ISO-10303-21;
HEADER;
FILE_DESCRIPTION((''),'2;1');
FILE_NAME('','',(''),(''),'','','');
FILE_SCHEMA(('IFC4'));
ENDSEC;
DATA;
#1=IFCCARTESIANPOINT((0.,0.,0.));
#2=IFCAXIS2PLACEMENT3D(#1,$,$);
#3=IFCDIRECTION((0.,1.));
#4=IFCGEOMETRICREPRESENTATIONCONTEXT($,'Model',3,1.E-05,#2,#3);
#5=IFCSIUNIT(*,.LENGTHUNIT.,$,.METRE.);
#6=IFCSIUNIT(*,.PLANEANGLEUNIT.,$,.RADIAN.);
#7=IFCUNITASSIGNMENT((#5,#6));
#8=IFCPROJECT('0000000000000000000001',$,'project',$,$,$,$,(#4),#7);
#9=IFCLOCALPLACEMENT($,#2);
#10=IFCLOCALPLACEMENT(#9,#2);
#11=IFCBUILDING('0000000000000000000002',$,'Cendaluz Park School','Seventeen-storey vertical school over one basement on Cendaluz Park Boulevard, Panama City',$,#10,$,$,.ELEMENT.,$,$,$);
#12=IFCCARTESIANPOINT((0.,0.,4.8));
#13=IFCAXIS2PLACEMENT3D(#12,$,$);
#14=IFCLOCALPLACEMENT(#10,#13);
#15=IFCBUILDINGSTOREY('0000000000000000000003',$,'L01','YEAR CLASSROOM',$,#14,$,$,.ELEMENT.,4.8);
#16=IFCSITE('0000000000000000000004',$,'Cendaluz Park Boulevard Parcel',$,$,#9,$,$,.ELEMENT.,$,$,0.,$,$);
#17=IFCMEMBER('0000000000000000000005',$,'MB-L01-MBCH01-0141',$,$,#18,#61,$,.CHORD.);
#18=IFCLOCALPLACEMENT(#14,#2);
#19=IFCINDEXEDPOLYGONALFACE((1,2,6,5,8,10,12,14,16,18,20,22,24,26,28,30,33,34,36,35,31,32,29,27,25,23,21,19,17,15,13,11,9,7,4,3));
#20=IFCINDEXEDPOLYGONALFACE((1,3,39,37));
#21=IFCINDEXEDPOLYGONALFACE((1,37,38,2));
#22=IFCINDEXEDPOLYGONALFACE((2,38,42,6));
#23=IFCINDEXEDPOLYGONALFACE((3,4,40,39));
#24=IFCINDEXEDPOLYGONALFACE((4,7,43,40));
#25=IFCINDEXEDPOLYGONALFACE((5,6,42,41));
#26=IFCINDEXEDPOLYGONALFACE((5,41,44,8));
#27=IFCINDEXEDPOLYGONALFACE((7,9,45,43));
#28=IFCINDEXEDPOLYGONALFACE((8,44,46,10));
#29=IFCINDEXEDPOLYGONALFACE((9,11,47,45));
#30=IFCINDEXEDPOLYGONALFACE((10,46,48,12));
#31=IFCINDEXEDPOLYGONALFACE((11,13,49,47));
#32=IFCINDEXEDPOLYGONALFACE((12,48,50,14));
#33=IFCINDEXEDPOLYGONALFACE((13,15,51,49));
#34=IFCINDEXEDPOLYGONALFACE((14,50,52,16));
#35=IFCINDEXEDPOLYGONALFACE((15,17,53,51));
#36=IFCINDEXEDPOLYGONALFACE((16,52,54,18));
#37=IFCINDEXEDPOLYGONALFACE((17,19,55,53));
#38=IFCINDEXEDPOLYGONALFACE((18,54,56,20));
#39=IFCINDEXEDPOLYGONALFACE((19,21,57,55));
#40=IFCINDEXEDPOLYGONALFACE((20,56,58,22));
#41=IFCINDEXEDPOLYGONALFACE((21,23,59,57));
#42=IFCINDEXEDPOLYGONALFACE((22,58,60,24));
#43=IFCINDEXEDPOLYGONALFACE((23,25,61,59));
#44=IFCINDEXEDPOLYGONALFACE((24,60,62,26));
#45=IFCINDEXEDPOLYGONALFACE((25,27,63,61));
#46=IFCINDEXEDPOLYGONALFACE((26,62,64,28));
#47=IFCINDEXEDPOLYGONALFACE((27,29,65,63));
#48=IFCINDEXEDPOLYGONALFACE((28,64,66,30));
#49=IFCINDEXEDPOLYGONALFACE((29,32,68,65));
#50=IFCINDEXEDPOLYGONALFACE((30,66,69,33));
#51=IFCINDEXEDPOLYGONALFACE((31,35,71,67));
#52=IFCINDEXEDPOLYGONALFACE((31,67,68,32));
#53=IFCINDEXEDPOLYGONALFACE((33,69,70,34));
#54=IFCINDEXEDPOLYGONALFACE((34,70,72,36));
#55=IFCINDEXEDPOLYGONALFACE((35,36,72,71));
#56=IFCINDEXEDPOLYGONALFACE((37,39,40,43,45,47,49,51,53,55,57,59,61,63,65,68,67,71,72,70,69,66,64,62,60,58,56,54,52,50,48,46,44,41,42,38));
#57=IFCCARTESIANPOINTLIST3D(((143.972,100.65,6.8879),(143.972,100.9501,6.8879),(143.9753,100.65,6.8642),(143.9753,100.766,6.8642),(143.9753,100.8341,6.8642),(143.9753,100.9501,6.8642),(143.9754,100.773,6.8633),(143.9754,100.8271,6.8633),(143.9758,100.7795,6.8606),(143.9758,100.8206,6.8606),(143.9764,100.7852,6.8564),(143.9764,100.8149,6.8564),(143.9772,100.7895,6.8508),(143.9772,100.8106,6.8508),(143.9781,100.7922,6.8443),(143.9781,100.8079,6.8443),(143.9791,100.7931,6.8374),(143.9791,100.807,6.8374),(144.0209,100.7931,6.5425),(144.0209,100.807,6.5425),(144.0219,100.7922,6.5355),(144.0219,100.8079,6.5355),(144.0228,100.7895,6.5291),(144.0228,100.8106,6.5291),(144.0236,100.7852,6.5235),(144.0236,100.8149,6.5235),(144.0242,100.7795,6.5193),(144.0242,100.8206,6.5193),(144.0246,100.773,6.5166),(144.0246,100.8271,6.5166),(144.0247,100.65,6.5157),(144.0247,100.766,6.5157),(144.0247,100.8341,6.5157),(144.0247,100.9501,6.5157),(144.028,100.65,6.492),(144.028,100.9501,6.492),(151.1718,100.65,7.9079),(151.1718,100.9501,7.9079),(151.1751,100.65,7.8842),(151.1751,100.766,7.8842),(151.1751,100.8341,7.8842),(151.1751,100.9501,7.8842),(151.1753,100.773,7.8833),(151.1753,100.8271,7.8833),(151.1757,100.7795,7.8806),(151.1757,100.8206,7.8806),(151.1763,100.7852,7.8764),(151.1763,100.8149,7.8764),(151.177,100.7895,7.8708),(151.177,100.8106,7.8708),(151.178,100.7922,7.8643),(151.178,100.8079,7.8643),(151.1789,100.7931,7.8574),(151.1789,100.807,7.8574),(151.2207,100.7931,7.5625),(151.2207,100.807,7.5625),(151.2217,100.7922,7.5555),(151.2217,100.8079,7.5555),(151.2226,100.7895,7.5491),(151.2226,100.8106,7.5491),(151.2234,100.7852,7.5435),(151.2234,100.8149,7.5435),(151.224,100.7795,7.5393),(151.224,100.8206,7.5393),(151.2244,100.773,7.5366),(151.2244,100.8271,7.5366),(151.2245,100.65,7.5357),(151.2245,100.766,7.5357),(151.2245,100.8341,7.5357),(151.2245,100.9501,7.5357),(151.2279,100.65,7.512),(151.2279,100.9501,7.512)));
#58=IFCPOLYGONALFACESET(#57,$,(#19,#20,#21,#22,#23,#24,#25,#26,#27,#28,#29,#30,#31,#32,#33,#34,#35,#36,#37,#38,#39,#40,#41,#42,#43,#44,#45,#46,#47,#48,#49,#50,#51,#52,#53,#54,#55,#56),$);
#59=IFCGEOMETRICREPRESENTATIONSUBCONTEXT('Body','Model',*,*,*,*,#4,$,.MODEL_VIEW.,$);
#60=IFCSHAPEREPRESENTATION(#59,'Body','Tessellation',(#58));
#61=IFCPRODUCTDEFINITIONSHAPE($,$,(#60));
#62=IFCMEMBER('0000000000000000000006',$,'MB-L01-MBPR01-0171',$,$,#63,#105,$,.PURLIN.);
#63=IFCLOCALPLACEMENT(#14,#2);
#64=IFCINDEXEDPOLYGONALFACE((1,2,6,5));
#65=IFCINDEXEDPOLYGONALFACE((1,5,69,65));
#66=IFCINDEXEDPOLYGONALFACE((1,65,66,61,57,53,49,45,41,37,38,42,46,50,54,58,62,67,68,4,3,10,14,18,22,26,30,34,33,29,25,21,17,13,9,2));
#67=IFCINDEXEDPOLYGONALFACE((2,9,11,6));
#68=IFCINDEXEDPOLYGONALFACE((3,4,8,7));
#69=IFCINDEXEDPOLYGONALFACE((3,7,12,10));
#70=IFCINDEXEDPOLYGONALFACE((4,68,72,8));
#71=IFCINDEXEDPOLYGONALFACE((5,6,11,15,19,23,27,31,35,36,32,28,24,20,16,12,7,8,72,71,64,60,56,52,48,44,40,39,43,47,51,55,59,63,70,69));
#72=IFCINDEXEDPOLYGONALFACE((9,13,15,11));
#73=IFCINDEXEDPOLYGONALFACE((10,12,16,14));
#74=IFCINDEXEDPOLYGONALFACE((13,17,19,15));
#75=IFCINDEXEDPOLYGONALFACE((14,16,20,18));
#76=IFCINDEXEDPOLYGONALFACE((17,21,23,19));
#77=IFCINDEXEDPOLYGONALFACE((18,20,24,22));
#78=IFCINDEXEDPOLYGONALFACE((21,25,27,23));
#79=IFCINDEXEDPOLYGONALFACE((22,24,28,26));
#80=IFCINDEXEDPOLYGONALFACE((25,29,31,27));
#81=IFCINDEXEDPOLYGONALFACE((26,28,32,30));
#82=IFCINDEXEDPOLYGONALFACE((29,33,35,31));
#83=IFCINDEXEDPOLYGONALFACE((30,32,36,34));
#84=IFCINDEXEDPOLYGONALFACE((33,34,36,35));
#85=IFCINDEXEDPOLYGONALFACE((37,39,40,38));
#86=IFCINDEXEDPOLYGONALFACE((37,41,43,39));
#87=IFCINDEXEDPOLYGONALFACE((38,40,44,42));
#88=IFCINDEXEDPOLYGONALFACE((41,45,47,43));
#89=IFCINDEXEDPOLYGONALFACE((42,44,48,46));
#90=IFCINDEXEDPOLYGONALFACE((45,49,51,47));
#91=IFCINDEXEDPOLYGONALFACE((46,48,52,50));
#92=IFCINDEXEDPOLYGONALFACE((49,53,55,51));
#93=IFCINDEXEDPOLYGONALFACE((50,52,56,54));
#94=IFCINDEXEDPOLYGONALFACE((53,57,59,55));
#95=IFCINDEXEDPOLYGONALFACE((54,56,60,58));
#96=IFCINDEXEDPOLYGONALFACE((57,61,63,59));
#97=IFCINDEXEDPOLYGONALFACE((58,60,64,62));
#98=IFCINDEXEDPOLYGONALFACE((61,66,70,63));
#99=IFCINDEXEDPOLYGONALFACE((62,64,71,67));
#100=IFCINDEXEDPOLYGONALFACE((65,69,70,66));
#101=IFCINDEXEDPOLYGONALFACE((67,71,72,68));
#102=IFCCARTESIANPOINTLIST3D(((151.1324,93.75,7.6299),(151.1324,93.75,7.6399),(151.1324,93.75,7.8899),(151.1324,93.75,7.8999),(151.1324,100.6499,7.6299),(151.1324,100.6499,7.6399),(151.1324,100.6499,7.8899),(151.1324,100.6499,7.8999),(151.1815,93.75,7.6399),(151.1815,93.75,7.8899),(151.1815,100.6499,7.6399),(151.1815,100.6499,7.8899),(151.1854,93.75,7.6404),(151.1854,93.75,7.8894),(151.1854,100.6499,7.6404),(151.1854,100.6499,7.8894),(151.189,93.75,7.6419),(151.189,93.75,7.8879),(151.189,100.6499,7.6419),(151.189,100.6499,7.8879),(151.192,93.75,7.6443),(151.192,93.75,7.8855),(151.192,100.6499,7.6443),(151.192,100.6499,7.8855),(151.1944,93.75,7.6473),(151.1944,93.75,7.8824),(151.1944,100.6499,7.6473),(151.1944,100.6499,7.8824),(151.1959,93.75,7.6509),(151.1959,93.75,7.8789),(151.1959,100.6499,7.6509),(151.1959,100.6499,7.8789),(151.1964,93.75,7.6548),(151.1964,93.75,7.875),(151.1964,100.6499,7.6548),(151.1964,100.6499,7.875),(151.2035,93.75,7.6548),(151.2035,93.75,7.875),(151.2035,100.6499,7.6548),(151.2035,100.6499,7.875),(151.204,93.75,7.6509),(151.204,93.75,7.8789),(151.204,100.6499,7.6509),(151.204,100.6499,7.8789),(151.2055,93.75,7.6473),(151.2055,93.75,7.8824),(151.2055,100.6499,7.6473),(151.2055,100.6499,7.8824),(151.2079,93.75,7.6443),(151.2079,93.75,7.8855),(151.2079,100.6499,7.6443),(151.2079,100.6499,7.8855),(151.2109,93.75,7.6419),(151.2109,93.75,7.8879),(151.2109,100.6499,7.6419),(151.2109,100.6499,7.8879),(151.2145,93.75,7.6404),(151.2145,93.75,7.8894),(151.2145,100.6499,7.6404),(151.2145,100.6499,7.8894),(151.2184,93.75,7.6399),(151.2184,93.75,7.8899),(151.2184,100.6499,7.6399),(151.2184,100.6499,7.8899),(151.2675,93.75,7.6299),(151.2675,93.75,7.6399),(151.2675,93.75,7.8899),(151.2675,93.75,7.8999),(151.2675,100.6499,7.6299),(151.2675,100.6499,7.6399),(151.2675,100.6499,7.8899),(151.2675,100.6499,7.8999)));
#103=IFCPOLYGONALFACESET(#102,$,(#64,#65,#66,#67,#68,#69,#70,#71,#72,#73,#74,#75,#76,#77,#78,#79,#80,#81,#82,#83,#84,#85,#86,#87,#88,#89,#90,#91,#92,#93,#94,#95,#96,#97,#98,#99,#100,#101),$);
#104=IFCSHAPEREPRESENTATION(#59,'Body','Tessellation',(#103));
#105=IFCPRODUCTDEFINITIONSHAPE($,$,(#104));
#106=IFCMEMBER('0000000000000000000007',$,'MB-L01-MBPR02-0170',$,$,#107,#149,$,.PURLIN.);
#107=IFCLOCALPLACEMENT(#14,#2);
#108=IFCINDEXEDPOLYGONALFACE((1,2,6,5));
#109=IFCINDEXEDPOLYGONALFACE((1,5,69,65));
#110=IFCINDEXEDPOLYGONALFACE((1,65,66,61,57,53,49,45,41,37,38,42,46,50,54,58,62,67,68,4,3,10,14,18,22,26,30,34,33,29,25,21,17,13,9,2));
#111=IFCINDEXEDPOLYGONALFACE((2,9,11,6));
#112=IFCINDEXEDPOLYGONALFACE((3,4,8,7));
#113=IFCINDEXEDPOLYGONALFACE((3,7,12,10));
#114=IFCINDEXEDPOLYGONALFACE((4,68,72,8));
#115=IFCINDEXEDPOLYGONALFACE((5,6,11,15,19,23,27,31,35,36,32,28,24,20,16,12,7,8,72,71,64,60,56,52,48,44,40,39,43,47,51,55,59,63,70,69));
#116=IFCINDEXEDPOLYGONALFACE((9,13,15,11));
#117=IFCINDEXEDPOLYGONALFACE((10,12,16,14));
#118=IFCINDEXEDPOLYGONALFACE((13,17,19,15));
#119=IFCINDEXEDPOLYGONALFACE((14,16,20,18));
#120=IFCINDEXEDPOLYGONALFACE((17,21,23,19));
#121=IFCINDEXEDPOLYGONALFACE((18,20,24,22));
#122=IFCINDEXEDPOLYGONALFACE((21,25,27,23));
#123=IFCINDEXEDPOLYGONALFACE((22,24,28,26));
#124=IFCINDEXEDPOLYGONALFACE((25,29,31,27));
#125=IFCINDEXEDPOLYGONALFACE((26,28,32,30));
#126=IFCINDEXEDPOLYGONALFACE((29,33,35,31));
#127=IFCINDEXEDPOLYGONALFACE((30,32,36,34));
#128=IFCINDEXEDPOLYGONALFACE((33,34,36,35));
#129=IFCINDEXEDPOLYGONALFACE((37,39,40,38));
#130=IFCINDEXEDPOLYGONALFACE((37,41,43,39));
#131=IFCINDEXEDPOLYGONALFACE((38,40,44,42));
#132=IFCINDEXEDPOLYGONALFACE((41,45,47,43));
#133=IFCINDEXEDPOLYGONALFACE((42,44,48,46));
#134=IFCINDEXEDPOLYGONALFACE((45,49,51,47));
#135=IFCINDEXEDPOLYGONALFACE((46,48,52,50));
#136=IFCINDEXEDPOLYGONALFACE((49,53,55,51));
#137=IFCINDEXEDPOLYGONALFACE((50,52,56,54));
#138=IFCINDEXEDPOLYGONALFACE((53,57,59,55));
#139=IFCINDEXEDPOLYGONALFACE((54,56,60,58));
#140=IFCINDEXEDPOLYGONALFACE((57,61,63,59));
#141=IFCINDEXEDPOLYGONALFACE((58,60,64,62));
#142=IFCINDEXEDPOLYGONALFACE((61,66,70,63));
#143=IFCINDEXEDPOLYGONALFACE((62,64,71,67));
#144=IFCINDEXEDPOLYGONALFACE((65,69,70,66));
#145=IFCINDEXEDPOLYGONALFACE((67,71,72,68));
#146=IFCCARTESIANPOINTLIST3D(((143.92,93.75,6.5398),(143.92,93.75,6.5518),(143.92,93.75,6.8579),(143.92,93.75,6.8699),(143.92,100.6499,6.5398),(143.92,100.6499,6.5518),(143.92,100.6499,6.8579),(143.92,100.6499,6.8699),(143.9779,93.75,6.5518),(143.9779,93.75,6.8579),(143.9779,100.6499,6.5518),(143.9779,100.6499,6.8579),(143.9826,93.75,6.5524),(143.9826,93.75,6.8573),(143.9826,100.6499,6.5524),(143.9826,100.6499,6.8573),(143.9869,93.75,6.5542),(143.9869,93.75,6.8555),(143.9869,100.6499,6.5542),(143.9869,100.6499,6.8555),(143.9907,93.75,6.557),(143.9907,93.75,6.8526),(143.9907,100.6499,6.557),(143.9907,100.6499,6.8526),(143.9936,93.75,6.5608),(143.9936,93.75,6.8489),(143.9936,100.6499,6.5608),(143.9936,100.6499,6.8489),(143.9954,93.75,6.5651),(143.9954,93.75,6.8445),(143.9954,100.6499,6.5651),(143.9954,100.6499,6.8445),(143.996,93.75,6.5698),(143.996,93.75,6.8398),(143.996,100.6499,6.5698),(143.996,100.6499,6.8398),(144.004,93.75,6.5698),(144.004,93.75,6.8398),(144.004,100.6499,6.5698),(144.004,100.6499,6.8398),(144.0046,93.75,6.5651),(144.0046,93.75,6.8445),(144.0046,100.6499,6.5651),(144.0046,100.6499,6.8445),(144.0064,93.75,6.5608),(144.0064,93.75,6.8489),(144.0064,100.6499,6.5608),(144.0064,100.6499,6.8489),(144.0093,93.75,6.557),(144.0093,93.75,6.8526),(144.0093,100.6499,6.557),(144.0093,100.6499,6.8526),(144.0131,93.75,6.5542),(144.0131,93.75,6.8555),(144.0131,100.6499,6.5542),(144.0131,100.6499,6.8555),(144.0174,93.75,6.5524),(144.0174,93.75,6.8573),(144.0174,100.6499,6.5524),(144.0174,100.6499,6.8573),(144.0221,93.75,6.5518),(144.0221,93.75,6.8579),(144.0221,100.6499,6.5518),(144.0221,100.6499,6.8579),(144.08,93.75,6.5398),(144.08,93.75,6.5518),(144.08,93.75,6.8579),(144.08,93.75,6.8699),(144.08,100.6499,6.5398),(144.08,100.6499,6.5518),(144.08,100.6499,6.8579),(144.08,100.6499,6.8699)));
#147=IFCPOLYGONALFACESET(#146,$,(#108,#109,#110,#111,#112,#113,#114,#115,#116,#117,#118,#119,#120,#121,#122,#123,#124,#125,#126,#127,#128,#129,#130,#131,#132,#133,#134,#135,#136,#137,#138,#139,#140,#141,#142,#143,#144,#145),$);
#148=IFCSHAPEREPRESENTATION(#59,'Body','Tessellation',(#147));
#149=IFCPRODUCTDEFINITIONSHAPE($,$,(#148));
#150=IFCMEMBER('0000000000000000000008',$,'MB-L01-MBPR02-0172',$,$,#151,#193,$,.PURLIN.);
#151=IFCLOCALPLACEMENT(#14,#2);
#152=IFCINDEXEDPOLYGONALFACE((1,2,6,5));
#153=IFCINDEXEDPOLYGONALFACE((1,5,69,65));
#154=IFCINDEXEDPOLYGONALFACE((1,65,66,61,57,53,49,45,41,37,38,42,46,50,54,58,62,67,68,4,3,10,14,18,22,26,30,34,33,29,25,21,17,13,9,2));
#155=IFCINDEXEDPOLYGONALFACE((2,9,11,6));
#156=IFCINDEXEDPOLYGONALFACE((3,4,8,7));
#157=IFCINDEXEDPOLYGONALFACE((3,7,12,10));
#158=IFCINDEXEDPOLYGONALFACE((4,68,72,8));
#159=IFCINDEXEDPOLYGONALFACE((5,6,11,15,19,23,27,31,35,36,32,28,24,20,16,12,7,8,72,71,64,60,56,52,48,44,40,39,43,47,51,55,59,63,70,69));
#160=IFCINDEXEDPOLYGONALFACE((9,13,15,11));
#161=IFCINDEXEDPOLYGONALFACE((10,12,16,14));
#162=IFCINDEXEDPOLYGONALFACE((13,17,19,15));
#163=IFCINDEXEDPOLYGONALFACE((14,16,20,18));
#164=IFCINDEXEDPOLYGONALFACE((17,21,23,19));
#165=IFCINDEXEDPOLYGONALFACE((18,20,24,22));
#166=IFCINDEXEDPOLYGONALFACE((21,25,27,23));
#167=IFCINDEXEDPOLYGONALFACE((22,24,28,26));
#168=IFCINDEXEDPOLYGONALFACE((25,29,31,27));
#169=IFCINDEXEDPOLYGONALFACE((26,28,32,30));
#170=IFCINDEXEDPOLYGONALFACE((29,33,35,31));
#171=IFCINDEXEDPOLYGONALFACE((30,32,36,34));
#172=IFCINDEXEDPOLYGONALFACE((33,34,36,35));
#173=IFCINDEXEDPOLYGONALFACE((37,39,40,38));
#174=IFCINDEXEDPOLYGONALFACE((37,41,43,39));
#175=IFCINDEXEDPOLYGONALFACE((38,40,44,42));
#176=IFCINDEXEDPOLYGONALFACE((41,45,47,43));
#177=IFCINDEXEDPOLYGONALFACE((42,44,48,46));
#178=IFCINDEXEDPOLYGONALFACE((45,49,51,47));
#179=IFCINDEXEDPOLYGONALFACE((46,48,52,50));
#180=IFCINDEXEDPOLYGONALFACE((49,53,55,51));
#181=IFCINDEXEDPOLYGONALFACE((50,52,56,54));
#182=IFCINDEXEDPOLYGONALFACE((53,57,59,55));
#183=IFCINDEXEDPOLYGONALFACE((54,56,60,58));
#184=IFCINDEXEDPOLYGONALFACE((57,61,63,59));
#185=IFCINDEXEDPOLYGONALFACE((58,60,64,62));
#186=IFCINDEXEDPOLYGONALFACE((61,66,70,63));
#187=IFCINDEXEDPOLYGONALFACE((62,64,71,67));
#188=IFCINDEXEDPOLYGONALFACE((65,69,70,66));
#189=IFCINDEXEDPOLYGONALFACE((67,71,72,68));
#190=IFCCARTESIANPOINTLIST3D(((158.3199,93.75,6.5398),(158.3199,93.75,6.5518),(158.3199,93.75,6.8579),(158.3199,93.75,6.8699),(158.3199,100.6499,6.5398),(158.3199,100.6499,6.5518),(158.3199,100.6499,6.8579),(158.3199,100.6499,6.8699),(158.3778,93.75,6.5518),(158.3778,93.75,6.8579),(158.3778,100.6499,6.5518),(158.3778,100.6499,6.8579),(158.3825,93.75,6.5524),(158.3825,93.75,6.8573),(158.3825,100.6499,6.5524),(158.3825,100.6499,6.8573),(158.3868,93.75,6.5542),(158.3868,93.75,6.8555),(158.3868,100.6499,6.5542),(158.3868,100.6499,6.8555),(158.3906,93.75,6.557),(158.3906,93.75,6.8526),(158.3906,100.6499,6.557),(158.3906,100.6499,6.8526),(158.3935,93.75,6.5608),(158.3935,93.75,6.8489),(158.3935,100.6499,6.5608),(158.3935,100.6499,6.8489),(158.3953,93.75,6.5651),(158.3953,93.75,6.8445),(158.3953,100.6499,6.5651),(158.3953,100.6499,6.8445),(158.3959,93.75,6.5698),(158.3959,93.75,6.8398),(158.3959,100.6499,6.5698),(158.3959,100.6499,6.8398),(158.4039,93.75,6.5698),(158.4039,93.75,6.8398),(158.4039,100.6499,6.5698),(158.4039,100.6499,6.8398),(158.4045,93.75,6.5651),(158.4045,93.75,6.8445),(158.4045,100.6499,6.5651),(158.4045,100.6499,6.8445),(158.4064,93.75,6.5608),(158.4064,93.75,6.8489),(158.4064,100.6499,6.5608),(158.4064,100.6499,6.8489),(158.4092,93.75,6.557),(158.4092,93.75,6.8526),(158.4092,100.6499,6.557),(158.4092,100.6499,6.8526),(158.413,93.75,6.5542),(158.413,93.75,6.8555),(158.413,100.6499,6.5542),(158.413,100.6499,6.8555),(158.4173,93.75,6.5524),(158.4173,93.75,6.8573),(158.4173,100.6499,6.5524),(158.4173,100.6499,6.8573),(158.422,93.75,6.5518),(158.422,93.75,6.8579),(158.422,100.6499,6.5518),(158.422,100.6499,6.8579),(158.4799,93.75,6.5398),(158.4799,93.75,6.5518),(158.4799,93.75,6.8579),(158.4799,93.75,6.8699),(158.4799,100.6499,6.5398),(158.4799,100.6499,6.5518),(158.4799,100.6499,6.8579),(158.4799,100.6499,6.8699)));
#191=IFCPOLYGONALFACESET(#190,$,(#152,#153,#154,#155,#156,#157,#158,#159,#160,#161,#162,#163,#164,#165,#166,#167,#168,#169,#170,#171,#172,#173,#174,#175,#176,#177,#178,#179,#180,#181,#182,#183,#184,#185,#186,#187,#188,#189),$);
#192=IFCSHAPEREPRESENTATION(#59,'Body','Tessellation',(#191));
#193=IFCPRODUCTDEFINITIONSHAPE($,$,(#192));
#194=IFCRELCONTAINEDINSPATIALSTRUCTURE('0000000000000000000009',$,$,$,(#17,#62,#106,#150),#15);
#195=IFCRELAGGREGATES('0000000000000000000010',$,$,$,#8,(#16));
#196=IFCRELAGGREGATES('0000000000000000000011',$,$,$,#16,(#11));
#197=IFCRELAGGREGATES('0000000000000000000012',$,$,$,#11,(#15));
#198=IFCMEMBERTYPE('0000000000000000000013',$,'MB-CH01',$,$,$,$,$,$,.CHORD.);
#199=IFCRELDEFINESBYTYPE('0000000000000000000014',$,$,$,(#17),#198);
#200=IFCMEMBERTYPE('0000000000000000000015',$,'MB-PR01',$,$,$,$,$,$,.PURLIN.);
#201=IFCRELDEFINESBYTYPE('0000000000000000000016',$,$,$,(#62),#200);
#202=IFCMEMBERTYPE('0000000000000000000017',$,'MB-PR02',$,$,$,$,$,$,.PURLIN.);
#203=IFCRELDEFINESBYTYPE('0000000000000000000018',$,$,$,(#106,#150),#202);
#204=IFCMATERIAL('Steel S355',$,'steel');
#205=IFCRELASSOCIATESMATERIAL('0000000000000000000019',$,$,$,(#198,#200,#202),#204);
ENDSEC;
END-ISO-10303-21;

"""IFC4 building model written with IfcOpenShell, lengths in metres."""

from ifc_helpers import new_model, si_unit, direction, frame, origin, origin_2d, place, context, subcontext, project, spatial, i_section, extrude, material, material_profile, profile_set, type_object, element, save


model = new_model("IFC4")

# Units and contexts
model_context = context("Model", 3, precision=1e-05, world=origin(), true_north=direction((0.0, 1.0)))
body_context = subcontext(model_context, "Body", "Model", "MODEL_VIEW")
ifc_project = project(units=[si_unit("LENGTHUNIT", "METRE"), si_unit("PLANEANGLEUNIT", "RADIAN")], contexts=[model_context])

# Site, building, storey
site_placement = place(None, origin())
site = spatial("IfcSite", under=ifc_project, at=site_placement, Name="Cendaluz Park Boulevard Parcel", CompositionType="ELEMENT", RefElevation=0.0)
building_placement = place(site_placement, origin())
building = spatial("IfcBuilding", under=site, at=building_placement, Name="Cendaluz Park School", Description="Seventeen-storey vertical school over one basement on Cendaluz Park Boulevard, Panama City", CompositionType="ELEMENT")
storey_placement = place(building_placement, frame((0.0, 0.0, 4.8)))
storey = spatial("IfcBuildingStorey", under=building, at=storey_placement, Name="L01", Description="YEAR CLASSROOM", CompositionType="ELEMENT", Elevation=4.8)

# Members
ifc_material_1 = material(Name="Steel S355", Category="steel")
ifc_material_profile_1 = material_profile(ifc_material_1, i_section(OverallWidth=0.3, OverallDepth=0.3999, WebThickness=0.0139, FlangeThickness=0.0239, FilletRadius=0.0271, at=origin_2d()), Name="HEB 400", Category="steel")
ifc_profile_set_1 = profile_set([ifc_material_profile_1], Name="Steel S355")
member_type_1 = type_object("IfcMemberType", Name="MB-CH01", PredefinedType="CHORD", material=ifc_profile_set_1)
member_1_placement = place(storey_placement, frame((144.0, 100.8, 6.6899), z_axis=(0.990113, 0.0, 0.14027), x_axis=(0.0, 1.0, 0.0)))
element("IfcMember", 1, at=member_1_placement, inside=storey, type_object=member_type_1, Name="MB-L01-MBCH01-0141", PredefinedType="CHORD", context=body_context, shape_type="SweptSolid", body=[
    extrude(i_section(OverallWidth=0.3, OverallDepth=0.3999, WebThickness=0.0139, FlangeThickness=0.0239, FilletRadius=0.0271, at=origin_2d()), origin(), (0.0, 0.0, 1.0), 7.2717),
])
ifc_material_profile_2 = material_profile(ifc_material_1, i_section(OverallWidth=0.135, OverallDepth=0.27, WebThickness=0.0071, FlangeThickness=0.01, FilletRadius=0.0149, at=origin_2d()), Name="IPE 270", Category="steel")
ifc_profile_set_2 = profile_set([ifc_material_profile_2], Name="Steel S355")
member_type_2 = type_object("IfcMemberType", Name="MB-PR01", PredefinedType="PURLIN", material=ifc_profile_set_2)
member_2_placement = place(storey_placement, frame((151.2, 93.75, 7.7649), z_axis=(0.0, 1.0, 0.0), x_axis=(-1.0, 0.0, 0.0)))
element("IfcMember", 2, at=member_2_placement, inside=storey, type_object=member_type_2, Name="MB-L01-MBPR01-0171", PredefinedType="PURLIN", context=body_context, shape_type="SweptSolid", body=[
    extrude(i_section(OverallWidth=0.135, OverallDepth=0.27, WebThickness=0.0071, FlangeThickness=0.01, FilletRadius=0.0149, at=origin_2d()), origin(), (0.0, 0.0, 1.0), 6.8999),
])
ifc_material_profile_3 = material_profile(ifc_material_1, i_section(OverallWidth=0.1599, OverallDepth=0.3301, WebThickness=0.0081, FlangeThickness=0.012, FilletRadius=0.0181, at=origin_2d()), Name="IPE 330", Category="steel")
ifc_profile_set_3 = profile_set([ifc_material_profile_3], Name="Steel S355")
member_type_3 = type_object("IfcMemberType", Name="MB-PR02", PredefinedType="PURLIN", material=ifc_profile_set_3)
for number, where, z_axis, x_axis, name in (
    (3, (144.0, 93.75, 6.7048), (0.0, 1.0, 0.0), (-1.0, 0.0, 0.0), "MB-L01-MBPR02-0170"),
    (4, (158.3999, 93.75, 6.7048), (0.0, 1.0, 0.0), (-1.0, 0.0, 0.0), "MB-L01-MBPR02-0172"),
):
    element("IfcMember", number, at=place(storey_placement, frame(where, z_axis=z_axis, x_axis=x_axis)), inside=storey, type_object=member_type_3, Name=name, PredefinedType="PURLIN", context=body_context, shape_type="SweptSolid", body=[
        extrude(i_section(OverallWidth=0.1599, OverallDepth=0.3301, WebThickness=0.0081, FlangeThickness=0.012, FilletRadius=0.0181, at=origin_2d()), origin(), (0.0, 0.0, 1.0), 6.8999),
    ])

save(model, "model.ifc")
